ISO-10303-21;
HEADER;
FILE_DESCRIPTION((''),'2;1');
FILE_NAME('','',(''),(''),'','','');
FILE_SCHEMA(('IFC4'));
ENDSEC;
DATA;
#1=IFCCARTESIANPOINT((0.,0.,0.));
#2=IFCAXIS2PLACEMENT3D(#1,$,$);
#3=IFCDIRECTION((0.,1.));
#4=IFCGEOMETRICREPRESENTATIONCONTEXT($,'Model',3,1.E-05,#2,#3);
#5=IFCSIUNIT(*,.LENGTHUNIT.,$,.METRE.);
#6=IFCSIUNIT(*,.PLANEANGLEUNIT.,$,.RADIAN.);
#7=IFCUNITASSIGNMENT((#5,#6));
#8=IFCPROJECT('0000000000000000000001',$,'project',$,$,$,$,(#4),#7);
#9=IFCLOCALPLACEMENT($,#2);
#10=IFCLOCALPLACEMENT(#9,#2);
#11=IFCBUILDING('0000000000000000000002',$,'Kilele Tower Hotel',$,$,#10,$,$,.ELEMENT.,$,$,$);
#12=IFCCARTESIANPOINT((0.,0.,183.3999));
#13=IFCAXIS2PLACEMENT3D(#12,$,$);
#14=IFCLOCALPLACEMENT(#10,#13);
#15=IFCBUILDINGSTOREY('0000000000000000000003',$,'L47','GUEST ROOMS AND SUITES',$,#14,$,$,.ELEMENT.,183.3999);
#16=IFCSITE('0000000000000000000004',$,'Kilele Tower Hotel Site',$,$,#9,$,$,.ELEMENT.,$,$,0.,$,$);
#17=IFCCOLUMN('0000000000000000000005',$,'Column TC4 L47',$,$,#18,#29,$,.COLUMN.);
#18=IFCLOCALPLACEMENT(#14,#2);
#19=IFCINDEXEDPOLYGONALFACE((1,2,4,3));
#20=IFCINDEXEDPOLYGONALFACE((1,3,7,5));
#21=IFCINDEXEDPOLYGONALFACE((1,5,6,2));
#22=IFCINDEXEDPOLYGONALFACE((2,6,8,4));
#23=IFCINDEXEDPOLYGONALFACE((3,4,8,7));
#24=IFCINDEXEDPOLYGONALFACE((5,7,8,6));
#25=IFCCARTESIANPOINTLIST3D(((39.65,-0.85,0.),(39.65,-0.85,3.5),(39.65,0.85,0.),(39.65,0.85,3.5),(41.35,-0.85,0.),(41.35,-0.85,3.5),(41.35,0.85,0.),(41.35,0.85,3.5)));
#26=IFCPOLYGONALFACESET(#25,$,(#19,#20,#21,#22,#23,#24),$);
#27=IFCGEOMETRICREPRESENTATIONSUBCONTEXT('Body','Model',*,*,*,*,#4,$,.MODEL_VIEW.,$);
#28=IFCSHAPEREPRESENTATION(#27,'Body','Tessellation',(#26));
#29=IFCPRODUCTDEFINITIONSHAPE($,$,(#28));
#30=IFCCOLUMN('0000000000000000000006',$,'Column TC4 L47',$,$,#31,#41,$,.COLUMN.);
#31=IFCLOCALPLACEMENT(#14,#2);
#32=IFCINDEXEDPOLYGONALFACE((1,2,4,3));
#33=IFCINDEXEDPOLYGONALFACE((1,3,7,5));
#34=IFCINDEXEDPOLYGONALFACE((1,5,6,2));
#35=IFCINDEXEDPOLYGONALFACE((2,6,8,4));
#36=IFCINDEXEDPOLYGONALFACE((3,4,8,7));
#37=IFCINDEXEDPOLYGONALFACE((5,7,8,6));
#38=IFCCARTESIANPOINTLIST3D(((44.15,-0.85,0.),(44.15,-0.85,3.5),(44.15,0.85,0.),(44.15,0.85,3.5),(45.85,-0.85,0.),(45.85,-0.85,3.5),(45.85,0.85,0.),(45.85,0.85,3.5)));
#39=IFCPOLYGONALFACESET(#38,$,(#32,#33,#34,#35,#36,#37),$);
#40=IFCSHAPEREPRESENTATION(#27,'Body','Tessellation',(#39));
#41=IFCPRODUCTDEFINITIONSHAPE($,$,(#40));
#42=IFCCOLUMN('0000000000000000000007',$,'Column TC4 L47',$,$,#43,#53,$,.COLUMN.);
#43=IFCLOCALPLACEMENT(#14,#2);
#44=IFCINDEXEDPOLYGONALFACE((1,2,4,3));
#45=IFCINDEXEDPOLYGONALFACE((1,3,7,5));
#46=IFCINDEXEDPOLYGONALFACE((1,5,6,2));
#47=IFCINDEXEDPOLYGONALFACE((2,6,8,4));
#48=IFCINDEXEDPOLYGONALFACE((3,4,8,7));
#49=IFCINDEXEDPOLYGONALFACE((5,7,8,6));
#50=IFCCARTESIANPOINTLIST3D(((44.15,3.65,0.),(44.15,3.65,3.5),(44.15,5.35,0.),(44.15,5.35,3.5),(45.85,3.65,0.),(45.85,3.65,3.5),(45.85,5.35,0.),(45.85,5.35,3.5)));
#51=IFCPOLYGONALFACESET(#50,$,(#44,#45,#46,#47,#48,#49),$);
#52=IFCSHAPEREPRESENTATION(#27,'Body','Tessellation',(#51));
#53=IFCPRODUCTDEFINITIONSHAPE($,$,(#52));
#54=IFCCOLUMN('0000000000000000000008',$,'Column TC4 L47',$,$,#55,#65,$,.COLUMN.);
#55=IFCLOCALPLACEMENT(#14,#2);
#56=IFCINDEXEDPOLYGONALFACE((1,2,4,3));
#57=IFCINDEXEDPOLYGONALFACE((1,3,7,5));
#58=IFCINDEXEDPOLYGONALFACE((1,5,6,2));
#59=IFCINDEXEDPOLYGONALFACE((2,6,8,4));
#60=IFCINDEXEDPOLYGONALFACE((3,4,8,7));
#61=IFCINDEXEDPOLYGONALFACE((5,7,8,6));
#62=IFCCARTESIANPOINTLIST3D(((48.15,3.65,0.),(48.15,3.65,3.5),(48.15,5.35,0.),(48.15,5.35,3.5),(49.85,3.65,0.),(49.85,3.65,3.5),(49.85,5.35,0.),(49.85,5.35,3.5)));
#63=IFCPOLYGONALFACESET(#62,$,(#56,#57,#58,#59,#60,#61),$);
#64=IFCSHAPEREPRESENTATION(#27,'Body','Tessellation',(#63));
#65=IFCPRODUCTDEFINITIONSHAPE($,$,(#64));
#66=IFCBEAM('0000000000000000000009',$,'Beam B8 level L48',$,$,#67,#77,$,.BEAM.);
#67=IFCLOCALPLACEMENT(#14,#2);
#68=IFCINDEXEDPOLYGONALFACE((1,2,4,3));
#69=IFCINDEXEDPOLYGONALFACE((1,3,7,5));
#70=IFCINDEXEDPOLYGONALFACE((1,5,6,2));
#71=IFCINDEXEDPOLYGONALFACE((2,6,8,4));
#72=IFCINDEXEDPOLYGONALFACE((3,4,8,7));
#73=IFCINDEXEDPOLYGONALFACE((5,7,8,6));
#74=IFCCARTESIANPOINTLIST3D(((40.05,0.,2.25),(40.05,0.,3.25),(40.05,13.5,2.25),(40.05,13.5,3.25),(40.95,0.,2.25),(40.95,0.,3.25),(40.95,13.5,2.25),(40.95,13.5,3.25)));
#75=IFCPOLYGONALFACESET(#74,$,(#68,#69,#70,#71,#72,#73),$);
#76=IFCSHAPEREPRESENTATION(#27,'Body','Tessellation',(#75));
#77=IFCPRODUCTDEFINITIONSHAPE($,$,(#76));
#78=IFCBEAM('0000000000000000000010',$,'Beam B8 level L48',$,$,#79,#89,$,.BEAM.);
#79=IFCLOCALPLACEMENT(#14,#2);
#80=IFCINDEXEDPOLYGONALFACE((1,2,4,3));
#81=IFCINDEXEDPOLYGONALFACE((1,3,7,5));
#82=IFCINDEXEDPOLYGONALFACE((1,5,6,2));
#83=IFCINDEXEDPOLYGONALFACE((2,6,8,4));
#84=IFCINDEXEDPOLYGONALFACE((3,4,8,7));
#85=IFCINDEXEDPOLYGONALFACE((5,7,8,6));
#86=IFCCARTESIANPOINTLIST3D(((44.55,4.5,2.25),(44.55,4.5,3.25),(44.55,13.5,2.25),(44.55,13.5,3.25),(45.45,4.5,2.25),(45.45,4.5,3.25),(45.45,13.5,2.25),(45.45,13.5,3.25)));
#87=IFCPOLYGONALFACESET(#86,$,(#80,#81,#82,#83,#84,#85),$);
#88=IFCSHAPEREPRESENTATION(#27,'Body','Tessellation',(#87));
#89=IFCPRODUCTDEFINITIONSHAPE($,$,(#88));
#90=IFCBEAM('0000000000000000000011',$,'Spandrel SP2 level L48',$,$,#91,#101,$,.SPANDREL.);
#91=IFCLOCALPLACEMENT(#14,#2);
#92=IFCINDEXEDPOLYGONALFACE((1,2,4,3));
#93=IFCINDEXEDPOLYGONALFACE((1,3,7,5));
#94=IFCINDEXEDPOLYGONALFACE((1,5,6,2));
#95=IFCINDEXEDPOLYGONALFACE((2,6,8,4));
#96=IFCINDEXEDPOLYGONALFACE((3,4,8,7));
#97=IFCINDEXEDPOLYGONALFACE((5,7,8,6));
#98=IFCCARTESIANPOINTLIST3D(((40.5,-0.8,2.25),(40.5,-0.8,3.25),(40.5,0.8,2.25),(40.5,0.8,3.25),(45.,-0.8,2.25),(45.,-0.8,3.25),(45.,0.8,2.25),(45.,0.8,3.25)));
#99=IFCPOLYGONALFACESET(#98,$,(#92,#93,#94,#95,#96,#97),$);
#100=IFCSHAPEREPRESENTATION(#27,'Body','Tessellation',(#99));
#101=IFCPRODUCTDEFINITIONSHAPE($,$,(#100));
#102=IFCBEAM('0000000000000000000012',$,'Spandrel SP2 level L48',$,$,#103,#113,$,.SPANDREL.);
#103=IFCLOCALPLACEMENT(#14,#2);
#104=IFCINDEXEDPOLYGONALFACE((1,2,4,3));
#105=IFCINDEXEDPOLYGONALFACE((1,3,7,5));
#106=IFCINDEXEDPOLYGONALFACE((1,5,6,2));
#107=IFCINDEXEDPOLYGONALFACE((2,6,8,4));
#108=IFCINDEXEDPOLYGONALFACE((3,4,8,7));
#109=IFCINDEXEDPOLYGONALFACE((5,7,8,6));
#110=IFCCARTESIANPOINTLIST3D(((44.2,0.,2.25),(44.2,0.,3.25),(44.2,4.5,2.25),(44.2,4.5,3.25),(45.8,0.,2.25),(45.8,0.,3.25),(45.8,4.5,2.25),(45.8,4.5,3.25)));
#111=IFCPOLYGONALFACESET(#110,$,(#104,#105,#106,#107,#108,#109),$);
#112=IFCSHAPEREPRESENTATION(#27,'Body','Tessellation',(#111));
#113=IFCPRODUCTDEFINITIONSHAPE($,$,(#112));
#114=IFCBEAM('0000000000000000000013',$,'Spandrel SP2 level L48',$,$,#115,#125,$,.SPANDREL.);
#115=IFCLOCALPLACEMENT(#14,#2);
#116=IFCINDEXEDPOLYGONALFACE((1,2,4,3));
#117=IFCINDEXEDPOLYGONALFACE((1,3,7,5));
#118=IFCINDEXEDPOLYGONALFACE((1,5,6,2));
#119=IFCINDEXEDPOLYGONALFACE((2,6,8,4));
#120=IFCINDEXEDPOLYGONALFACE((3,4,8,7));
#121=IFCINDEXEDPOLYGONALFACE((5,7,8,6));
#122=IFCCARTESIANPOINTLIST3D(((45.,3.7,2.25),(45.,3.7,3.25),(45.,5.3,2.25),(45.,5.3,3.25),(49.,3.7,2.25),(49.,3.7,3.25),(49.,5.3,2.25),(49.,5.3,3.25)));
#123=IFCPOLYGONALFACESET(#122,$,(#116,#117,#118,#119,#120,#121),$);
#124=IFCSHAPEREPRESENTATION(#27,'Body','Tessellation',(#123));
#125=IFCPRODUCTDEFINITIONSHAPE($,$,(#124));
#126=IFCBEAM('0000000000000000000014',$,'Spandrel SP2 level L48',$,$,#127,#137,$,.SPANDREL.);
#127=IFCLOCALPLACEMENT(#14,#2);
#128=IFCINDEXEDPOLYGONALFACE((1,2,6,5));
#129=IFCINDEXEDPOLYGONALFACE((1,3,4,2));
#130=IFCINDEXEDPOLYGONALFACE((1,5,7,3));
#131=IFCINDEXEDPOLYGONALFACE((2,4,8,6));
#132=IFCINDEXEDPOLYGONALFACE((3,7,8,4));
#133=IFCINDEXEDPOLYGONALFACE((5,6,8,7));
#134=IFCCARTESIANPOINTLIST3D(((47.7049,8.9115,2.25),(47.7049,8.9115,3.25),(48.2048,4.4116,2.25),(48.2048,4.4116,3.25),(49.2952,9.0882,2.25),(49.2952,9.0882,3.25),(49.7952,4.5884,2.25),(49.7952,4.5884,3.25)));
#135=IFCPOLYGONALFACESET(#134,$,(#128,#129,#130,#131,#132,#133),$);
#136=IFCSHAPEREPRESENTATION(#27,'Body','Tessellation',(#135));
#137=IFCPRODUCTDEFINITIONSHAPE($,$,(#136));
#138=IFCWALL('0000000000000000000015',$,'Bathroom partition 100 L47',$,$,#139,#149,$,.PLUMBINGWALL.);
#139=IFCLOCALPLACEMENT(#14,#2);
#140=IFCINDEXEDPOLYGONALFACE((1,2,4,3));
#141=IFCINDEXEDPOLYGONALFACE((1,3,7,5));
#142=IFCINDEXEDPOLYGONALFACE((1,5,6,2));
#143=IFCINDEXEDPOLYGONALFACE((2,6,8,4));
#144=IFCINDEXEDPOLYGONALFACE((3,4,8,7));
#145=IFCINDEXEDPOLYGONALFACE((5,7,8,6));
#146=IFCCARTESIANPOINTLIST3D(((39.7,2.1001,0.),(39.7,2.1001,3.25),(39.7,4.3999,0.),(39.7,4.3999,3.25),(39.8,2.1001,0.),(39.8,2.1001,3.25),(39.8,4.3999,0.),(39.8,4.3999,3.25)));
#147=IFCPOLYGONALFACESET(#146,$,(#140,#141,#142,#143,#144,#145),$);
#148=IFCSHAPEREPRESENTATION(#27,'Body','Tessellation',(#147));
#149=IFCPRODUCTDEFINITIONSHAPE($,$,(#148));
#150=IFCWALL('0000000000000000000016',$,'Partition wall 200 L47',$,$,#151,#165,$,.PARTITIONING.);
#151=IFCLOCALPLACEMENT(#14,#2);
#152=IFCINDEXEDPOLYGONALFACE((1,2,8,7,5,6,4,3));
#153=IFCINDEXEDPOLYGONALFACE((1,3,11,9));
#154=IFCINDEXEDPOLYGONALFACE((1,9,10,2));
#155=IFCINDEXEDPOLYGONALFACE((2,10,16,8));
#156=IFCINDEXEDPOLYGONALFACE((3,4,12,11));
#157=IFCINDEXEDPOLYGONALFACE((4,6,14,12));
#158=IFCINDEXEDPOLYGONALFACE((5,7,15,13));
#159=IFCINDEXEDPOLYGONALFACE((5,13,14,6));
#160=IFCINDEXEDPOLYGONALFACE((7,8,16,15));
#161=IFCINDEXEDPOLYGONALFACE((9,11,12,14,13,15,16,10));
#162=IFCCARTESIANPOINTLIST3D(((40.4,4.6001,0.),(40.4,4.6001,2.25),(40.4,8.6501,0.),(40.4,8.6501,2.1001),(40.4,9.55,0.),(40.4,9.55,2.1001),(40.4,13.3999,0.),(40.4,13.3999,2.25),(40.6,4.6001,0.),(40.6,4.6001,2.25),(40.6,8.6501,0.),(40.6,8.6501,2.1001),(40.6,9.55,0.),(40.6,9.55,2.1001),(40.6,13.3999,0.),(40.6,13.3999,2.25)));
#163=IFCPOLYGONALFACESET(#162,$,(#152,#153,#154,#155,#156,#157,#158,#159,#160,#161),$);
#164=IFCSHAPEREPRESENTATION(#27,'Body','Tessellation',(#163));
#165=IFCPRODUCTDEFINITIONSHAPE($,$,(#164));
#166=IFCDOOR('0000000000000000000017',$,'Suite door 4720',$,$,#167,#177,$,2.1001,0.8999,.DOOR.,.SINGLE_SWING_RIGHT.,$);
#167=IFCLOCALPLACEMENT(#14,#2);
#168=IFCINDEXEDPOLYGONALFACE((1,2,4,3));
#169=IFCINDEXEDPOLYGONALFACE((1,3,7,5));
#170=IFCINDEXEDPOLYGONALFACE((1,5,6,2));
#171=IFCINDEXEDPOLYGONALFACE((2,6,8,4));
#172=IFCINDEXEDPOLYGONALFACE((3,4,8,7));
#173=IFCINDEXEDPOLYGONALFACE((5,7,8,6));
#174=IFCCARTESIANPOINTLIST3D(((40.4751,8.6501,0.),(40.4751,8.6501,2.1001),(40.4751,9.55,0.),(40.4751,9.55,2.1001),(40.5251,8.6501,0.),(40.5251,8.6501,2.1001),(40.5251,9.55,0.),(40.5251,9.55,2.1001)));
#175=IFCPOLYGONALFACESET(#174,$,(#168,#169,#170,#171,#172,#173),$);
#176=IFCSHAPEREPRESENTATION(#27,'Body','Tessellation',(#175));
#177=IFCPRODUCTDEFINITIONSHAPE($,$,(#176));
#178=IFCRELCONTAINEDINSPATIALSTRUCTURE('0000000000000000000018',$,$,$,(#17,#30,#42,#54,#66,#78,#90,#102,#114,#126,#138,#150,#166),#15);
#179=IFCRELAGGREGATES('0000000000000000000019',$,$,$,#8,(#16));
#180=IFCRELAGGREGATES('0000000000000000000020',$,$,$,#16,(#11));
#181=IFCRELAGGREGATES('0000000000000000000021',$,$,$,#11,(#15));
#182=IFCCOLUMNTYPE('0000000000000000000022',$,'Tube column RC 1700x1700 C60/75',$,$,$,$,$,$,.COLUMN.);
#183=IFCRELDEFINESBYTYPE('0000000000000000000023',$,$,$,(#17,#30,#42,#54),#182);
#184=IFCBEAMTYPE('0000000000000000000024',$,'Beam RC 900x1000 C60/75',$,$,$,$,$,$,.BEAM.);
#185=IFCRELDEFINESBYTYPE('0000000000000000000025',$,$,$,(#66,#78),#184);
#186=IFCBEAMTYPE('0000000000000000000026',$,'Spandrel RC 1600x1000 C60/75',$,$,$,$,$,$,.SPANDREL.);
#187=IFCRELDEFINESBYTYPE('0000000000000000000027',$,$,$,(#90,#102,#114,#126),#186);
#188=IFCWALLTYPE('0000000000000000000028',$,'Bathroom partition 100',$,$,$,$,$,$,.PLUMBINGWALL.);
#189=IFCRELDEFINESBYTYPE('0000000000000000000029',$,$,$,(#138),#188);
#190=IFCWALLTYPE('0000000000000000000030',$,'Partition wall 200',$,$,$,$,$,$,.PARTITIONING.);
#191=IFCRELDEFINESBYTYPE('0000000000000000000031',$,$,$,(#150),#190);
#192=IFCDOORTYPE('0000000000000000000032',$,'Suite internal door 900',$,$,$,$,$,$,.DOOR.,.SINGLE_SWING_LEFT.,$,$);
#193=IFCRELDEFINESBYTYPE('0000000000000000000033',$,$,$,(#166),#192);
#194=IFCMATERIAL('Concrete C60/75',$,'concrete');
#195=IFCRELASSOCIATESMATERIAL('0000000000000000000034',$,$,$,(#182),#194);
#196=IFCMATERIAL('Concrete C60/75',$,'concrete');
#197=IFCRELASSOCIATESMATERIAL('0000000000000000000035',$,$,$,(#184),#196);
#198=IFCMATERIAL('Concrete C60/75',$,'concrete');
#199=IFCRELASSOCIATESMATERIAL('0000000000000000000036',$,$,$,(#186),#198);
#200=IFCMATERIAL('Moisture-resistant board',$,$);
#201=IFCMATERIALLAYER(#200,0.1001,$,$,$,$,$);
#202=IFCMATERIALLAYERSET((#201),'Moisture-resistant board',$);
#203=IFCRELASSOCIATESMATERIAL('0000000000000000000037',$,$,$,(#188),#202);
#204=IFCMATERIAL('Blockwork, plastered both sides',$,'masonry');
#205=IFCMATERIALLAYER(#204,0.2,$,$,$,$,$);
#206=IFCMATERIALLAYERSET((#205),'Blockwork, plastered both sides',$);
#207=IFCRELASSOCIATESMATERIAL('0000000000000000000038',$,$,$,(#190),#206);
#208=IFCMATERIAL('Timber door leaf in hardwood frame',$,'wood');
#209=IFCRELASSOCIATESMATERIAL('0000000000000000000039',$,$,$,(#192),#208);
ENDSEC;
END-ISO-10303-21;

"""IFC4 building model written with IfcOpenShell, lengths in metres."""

from ifc_helpers import new_model, si_unit, direction, frame, frame_2d, origin, origin_2d, place, context, subcontext, project, spatial, rectangle, extrude, material, layer, layer_set, material_profile, profile_set, type_object, element, fill, save


model = new_model("IFC4")

# Units and contexts
model_context = context("Model", 3, precision=1e-05, world=origin(), true_north=direction((0.0, 1.0)))
body_context = subcontext(model_context, "Body", "Model", "MODEL_VIEW")
ifc_project = project(units=[si_unit("LENGTHUNIT", "METRE"), si_unit("PLANEANGLEUNIT", "RADIAN")], contexts=[model_context])

# Site, building, storey
site_placement = place(None, origin())
site = spatial("IfcSite", under=ifc_project, at=site_placement, Name="Kilele Tower Hotel Site", CompositionType="ELEMENT", RefElevation=0.0)
building_placement = place(site_placement, origin())
building = spatial("IfcBuilding", under=site, at=building_placement, Name="Kilele Tower Hotel", CompositionType="ELEMENT")
storey_placement = place(building_placement, frame((0.0, 0.0, 183.3999)))
storey = spatial("IfcBuildingStorey", under=building, at=storey_placement, Name="L47", Description="GUEST ROOMS AND SUITES", CompositionType="ELEMENT", Elevation=183.3999)

# Columns
ifc_material_1 = material(Name="Concrete C60/75", Category="concrete")
ifc_material_profile_1 = material_profile(ifc_material_1, rectangle(XDim=1.7, YDim=1.7, at=origin_2d()))
ifc_profile_set_1 = profile_set([ifc_material_profile_1], Name="Concrete C60/75")
column_type = type_object("IfcColumnType", Name="Tube column RC 1700x1700 C60/75", PredefinedType="COLUMN", material=ifc_profile_set_1)
for number, where, z_axis, x_axis, name in (
    (1, (40.5, 0.0, 0.0), (0.0, 0.0, 1.0), (1.0, 0.0, 0.0), "Column TC4 L47"),
    (2, (45.0, 0.0, 0.0), (0.0, 0.0, 1.0), (1.0, 0.0, 0.0), "Column TC4 L47"),
    (3, (45.0, 4.5, 0.0), (0.0, 0.0, 1.0), (1.0, 0.0, 0.0), "Column TC4 L47"),
    (4, (49.0, 4.5, 0.0), (0.0, 0.0, 1.0), (1.0, 0.0, 0.0), "Column TC4 L47"),
):
    element("IfcColumn", number, at=place(storey_placement, frame(where, z_axis=z_axis, x_axis=x_axis)), inside=storey, type_object=column_type, Name=name, PredefinedType="COLUMN", context=body_context, shape_type="SweptSolid", body=[
        extrude(rectangle(XDim=1.7, YDim=1.7, at=origin_2d()), origin(), (0.0, 0.0, 1.0), 3.5),
    ])

# Beams
ifc_material_2 = material(Name="Concrete C60/75", Category="concrete")
ifc_material_profile_2 = material_profile(ifc_material_2, rectangle(XDim=0.8999, YDim=1.0, at=origin_2d()))
ifc_profile_set_2 = profile_set([ifc_material_profile_2], Name="Concrete C60/75")
beam_type_1 = type_object("IfcBeamType", Name="Beam RC 900x1000 C60/75", PredefinedType="BEAM", material=ifc_profile_set_2)
beam_1_placement = place(storey_placement, frame((40.5, 0.0, 2.75), z_axis=(0.0, 1.0, 0.0), x_axis=(-1.0, 0.0, 0.0)))
element("IfcBeam", 5, at=beam_1_placement, inside=storey, type_object=beam_type_1, Name="Beam B8 level L48", PredefinedType="BEAM", context=body_context, shape_type="SweptSolid", body=[
    extrude(rectangle(XDim=0.8999, YDim=1.0, at=origin_2d()), origin(), (0.0, 0.0, 1.0), 13.5),
])
beam_2_placement = place(storey_placement, frame((45.0, 4.5, 2.75), z_axis=(0.0, 1.0, 0.0), x_axis=(-1.0, 0.0, 0.0)))
element("IfcBeam", 6, at=beam_2_placement, inside=storey, type_object=beam_type_1, Name="Beam B8 level L48", PredefinedType="BEAM", context=body_context, shape_type="SweptSolid", body=[
    extrude(rectangle(XDim=0.8999, YDim=1.0, at=origin_2d()), origin(), (0.0, 0.0, 1.0), 9.0),
])
ifc_material_3 = material(Name="Concrete C60/75", Category="concrete")
ifc_material_profile_3 = material_profile(ifc_material_3, rectangle(XDim=1.6001, YDim=1.0, at=origin_2d()))
ifc_profile_set_3 = profile_set([ifc_material_profile_3], Name="Concrete C60/75")
beam_type_2 = type_object("IfcBeamType", Name="Spandrel RC 1600x1000 C60/75", PredefinedType="SPANDREL", material=ifc_profile_set_3)
for number, where, z_axis, x_axis, name in (
    (7, (40.5, 0.0, 2.75), (1.0, 0.0, 0.0), (0.0, 1.0, 0.0), "Spandrel SP2 level L48"),
    (8, (45.0, 0.0, 2.75), (0.0, 1.0, 0.0), (-1.0, 0.0, 0.0), "Spandrel SP2 level L48"),
):
    element("IfcBeam", number, at=place(storey_placement, frame(where, z_axis=z_axis, x_axis=x_axis)), inside=storey, type_object=beam_type_2, Name=name, PredefinedType="SPANDREL", context=body_context, shape_type="SweptSolid", body=[
        extrude(rectangle(XDim=1.6001, YDim=1.0, at=origin_2d()), origin(), (0.0, 0.0, 1.0), 4.5),
    ])
beam_3_placement = place(storey_placement, frame((45.0, 4.5, 2.75), z_axis=(1.0, 0.0, 0.0), x_axis=(0.0, 1.0, 0.0)))
element("IfcBeam", 9, at=beam_3_placement, inside=storey, type_object=beam_type_2, Name="Spandrel SP2 level L48", PredefinedType="SPANDREL", context=body_context, shape_type="SweptSolid", body=[
    extrude(rectangle(XDim=1.6001, YDim=1.0, at=origin_2d()), origin(), (0.0, 0.0, 1.0), 4.0),
])
beam_4_placement = place(storey_placement, frame((49.0, 4.5, 2.75), z_axis=(-0.110432, 0.993884, 0.0), x_axis=(-0.993884, -0.110432, 0.0)))
element("IfcBeam", 10, at=beam_4_placement, inside=storey, type_object=beam_type_2, Name="Spandrel SP2 level L48", PredefinedType="SPANDREL", context=body_context, shape_type="SweptSolid", body=[
    extrude(rectangle(XDim=1.6001, YDim=1.0, at=origin_2d()), origin(), (0.0, 0.0, 1.0), 4.5276),
])

# Wall
ifc_material_4 = material(Name="Moisture-resistant board")
ifc_layer_1 = layer(ifc_material_4, 0.1001)
ifc_layer_set_1 = layer_set([ifc_layer_1], Name="Moisture-resistant board")
wall_type_1 = type_object("IfcWallType", Name="Bathroom partition 100", PredefinedType="PLUMBINGWALL", material=ifc_layer_set_1)
wall_1_placement = place(storey_placement, frame((39.75, 4.3999, 0.0), z_axis=(0.0, 0.0, 1.0), x_axis=(0.0, -1.0, 0.0)))
element("IfcWall", 11, at=wall_1_placement, inside=storey, type_object=wall_type_1, Name="Bathroom partition 100 L47", PredefinedType="PLUMBINGWALL", context=body_context, shape_type="SweptSolid", body=[
    extrude(rectangle(XDim=2.2998, YDim=0.1001, at=frame_2d((1.1499, 0.0))), origin(), (0.0, 0.0, 1.0), 3.25),
])

# Wall, opening, door
ifc_material_5 = material(Name="Blockwork, plastered both sides", Category="masonry")
ifc_layer_2 = layer(ifc_material_5, 0.2)
ifc_layer_set_2 = layer_set([ifc_layer_2], Name="Blockwork, plastered both sides")
wall_type_2 = type_object("IfcWallType", Name="Partition wall 200", PredefinedType="PARTITIONING", material=ifc_layer_set_2)
wall_2_placement = place(storey_placement, frame((40.5, 4.6001, 0.0), z_axis=(0.0, 0.0, 1.0), x_axis=(0.0, 1.0, 0.0)))
wall_2 = element("IfcWall", 12, at=wall_2_placement, inside=storey, type_object=wall_type_2, Name="Partition wall 200 L47", PredefinedType="PARTITIONING", context=body_context, shape_type="SweptSolid", body=[
    extrude(rectangle(XDim=8.7998, YDim=0.2, at=frame_2d((4.3999, 0.0))), origin(), (0.0, 0.0, 1.0), 2.25),
])
opening_1_placement = place(wall_2_placement, frame((4.05, 0.0, 0.0)))
opening_1 = element("IfcOpeningElement", 13, at=opening_1_placement, cuts=wall_2, PredefinedType="OPENING", context=body_context, shape_type="SweptSolid", body=[
    extrude(rectangle(XDim=0.8999, YDim=2.1001, at=frame_2d((0.45, 1.05))), frame((0.0, 0.1099, 0.0), z_axis=(0.0, -1.0, 0.0), x_axis=(1.0, 0.0, 0.0)), (0.0, 0.0, 1.0), 0.22),
])
ifc_material_6 = material(Name="Timber door leaf in hardwood frame", Category="wood")
door_type = type_object("IfcDoorType", Name="Suite internal door 900", OperationType="SINGLE_SWING_LEFT", PredefinedType="DOOR", material=ifc_material_6)
door_placement = place(opening_1_placement, origin())
door = element("IfcDoor", 14, at=door_placement, inside=storey, type_object=door_type, Name="Suite door 4720", OperationType="SINGLE_SWING_RIGHT", OverallHeight=2.1001, OverallWidth=0.8999, PredefinedType="DOOR", context=body_context, shape_type="SweptSolid", body=[
    extrude(rectangle(XDim=0.8999, YDim=2.1001, at=frame_2d((0.45, 1.05))), frame((0.0, 0.0249, 0.0), z_axis=(0.0, -1.0, 0.0), x_axis=(1.0, 0.0, 0.0)), (0.0, 0.0, 1.0), 0.05),
])
fill(opening_1, door)

save(model, "model.ifc")
